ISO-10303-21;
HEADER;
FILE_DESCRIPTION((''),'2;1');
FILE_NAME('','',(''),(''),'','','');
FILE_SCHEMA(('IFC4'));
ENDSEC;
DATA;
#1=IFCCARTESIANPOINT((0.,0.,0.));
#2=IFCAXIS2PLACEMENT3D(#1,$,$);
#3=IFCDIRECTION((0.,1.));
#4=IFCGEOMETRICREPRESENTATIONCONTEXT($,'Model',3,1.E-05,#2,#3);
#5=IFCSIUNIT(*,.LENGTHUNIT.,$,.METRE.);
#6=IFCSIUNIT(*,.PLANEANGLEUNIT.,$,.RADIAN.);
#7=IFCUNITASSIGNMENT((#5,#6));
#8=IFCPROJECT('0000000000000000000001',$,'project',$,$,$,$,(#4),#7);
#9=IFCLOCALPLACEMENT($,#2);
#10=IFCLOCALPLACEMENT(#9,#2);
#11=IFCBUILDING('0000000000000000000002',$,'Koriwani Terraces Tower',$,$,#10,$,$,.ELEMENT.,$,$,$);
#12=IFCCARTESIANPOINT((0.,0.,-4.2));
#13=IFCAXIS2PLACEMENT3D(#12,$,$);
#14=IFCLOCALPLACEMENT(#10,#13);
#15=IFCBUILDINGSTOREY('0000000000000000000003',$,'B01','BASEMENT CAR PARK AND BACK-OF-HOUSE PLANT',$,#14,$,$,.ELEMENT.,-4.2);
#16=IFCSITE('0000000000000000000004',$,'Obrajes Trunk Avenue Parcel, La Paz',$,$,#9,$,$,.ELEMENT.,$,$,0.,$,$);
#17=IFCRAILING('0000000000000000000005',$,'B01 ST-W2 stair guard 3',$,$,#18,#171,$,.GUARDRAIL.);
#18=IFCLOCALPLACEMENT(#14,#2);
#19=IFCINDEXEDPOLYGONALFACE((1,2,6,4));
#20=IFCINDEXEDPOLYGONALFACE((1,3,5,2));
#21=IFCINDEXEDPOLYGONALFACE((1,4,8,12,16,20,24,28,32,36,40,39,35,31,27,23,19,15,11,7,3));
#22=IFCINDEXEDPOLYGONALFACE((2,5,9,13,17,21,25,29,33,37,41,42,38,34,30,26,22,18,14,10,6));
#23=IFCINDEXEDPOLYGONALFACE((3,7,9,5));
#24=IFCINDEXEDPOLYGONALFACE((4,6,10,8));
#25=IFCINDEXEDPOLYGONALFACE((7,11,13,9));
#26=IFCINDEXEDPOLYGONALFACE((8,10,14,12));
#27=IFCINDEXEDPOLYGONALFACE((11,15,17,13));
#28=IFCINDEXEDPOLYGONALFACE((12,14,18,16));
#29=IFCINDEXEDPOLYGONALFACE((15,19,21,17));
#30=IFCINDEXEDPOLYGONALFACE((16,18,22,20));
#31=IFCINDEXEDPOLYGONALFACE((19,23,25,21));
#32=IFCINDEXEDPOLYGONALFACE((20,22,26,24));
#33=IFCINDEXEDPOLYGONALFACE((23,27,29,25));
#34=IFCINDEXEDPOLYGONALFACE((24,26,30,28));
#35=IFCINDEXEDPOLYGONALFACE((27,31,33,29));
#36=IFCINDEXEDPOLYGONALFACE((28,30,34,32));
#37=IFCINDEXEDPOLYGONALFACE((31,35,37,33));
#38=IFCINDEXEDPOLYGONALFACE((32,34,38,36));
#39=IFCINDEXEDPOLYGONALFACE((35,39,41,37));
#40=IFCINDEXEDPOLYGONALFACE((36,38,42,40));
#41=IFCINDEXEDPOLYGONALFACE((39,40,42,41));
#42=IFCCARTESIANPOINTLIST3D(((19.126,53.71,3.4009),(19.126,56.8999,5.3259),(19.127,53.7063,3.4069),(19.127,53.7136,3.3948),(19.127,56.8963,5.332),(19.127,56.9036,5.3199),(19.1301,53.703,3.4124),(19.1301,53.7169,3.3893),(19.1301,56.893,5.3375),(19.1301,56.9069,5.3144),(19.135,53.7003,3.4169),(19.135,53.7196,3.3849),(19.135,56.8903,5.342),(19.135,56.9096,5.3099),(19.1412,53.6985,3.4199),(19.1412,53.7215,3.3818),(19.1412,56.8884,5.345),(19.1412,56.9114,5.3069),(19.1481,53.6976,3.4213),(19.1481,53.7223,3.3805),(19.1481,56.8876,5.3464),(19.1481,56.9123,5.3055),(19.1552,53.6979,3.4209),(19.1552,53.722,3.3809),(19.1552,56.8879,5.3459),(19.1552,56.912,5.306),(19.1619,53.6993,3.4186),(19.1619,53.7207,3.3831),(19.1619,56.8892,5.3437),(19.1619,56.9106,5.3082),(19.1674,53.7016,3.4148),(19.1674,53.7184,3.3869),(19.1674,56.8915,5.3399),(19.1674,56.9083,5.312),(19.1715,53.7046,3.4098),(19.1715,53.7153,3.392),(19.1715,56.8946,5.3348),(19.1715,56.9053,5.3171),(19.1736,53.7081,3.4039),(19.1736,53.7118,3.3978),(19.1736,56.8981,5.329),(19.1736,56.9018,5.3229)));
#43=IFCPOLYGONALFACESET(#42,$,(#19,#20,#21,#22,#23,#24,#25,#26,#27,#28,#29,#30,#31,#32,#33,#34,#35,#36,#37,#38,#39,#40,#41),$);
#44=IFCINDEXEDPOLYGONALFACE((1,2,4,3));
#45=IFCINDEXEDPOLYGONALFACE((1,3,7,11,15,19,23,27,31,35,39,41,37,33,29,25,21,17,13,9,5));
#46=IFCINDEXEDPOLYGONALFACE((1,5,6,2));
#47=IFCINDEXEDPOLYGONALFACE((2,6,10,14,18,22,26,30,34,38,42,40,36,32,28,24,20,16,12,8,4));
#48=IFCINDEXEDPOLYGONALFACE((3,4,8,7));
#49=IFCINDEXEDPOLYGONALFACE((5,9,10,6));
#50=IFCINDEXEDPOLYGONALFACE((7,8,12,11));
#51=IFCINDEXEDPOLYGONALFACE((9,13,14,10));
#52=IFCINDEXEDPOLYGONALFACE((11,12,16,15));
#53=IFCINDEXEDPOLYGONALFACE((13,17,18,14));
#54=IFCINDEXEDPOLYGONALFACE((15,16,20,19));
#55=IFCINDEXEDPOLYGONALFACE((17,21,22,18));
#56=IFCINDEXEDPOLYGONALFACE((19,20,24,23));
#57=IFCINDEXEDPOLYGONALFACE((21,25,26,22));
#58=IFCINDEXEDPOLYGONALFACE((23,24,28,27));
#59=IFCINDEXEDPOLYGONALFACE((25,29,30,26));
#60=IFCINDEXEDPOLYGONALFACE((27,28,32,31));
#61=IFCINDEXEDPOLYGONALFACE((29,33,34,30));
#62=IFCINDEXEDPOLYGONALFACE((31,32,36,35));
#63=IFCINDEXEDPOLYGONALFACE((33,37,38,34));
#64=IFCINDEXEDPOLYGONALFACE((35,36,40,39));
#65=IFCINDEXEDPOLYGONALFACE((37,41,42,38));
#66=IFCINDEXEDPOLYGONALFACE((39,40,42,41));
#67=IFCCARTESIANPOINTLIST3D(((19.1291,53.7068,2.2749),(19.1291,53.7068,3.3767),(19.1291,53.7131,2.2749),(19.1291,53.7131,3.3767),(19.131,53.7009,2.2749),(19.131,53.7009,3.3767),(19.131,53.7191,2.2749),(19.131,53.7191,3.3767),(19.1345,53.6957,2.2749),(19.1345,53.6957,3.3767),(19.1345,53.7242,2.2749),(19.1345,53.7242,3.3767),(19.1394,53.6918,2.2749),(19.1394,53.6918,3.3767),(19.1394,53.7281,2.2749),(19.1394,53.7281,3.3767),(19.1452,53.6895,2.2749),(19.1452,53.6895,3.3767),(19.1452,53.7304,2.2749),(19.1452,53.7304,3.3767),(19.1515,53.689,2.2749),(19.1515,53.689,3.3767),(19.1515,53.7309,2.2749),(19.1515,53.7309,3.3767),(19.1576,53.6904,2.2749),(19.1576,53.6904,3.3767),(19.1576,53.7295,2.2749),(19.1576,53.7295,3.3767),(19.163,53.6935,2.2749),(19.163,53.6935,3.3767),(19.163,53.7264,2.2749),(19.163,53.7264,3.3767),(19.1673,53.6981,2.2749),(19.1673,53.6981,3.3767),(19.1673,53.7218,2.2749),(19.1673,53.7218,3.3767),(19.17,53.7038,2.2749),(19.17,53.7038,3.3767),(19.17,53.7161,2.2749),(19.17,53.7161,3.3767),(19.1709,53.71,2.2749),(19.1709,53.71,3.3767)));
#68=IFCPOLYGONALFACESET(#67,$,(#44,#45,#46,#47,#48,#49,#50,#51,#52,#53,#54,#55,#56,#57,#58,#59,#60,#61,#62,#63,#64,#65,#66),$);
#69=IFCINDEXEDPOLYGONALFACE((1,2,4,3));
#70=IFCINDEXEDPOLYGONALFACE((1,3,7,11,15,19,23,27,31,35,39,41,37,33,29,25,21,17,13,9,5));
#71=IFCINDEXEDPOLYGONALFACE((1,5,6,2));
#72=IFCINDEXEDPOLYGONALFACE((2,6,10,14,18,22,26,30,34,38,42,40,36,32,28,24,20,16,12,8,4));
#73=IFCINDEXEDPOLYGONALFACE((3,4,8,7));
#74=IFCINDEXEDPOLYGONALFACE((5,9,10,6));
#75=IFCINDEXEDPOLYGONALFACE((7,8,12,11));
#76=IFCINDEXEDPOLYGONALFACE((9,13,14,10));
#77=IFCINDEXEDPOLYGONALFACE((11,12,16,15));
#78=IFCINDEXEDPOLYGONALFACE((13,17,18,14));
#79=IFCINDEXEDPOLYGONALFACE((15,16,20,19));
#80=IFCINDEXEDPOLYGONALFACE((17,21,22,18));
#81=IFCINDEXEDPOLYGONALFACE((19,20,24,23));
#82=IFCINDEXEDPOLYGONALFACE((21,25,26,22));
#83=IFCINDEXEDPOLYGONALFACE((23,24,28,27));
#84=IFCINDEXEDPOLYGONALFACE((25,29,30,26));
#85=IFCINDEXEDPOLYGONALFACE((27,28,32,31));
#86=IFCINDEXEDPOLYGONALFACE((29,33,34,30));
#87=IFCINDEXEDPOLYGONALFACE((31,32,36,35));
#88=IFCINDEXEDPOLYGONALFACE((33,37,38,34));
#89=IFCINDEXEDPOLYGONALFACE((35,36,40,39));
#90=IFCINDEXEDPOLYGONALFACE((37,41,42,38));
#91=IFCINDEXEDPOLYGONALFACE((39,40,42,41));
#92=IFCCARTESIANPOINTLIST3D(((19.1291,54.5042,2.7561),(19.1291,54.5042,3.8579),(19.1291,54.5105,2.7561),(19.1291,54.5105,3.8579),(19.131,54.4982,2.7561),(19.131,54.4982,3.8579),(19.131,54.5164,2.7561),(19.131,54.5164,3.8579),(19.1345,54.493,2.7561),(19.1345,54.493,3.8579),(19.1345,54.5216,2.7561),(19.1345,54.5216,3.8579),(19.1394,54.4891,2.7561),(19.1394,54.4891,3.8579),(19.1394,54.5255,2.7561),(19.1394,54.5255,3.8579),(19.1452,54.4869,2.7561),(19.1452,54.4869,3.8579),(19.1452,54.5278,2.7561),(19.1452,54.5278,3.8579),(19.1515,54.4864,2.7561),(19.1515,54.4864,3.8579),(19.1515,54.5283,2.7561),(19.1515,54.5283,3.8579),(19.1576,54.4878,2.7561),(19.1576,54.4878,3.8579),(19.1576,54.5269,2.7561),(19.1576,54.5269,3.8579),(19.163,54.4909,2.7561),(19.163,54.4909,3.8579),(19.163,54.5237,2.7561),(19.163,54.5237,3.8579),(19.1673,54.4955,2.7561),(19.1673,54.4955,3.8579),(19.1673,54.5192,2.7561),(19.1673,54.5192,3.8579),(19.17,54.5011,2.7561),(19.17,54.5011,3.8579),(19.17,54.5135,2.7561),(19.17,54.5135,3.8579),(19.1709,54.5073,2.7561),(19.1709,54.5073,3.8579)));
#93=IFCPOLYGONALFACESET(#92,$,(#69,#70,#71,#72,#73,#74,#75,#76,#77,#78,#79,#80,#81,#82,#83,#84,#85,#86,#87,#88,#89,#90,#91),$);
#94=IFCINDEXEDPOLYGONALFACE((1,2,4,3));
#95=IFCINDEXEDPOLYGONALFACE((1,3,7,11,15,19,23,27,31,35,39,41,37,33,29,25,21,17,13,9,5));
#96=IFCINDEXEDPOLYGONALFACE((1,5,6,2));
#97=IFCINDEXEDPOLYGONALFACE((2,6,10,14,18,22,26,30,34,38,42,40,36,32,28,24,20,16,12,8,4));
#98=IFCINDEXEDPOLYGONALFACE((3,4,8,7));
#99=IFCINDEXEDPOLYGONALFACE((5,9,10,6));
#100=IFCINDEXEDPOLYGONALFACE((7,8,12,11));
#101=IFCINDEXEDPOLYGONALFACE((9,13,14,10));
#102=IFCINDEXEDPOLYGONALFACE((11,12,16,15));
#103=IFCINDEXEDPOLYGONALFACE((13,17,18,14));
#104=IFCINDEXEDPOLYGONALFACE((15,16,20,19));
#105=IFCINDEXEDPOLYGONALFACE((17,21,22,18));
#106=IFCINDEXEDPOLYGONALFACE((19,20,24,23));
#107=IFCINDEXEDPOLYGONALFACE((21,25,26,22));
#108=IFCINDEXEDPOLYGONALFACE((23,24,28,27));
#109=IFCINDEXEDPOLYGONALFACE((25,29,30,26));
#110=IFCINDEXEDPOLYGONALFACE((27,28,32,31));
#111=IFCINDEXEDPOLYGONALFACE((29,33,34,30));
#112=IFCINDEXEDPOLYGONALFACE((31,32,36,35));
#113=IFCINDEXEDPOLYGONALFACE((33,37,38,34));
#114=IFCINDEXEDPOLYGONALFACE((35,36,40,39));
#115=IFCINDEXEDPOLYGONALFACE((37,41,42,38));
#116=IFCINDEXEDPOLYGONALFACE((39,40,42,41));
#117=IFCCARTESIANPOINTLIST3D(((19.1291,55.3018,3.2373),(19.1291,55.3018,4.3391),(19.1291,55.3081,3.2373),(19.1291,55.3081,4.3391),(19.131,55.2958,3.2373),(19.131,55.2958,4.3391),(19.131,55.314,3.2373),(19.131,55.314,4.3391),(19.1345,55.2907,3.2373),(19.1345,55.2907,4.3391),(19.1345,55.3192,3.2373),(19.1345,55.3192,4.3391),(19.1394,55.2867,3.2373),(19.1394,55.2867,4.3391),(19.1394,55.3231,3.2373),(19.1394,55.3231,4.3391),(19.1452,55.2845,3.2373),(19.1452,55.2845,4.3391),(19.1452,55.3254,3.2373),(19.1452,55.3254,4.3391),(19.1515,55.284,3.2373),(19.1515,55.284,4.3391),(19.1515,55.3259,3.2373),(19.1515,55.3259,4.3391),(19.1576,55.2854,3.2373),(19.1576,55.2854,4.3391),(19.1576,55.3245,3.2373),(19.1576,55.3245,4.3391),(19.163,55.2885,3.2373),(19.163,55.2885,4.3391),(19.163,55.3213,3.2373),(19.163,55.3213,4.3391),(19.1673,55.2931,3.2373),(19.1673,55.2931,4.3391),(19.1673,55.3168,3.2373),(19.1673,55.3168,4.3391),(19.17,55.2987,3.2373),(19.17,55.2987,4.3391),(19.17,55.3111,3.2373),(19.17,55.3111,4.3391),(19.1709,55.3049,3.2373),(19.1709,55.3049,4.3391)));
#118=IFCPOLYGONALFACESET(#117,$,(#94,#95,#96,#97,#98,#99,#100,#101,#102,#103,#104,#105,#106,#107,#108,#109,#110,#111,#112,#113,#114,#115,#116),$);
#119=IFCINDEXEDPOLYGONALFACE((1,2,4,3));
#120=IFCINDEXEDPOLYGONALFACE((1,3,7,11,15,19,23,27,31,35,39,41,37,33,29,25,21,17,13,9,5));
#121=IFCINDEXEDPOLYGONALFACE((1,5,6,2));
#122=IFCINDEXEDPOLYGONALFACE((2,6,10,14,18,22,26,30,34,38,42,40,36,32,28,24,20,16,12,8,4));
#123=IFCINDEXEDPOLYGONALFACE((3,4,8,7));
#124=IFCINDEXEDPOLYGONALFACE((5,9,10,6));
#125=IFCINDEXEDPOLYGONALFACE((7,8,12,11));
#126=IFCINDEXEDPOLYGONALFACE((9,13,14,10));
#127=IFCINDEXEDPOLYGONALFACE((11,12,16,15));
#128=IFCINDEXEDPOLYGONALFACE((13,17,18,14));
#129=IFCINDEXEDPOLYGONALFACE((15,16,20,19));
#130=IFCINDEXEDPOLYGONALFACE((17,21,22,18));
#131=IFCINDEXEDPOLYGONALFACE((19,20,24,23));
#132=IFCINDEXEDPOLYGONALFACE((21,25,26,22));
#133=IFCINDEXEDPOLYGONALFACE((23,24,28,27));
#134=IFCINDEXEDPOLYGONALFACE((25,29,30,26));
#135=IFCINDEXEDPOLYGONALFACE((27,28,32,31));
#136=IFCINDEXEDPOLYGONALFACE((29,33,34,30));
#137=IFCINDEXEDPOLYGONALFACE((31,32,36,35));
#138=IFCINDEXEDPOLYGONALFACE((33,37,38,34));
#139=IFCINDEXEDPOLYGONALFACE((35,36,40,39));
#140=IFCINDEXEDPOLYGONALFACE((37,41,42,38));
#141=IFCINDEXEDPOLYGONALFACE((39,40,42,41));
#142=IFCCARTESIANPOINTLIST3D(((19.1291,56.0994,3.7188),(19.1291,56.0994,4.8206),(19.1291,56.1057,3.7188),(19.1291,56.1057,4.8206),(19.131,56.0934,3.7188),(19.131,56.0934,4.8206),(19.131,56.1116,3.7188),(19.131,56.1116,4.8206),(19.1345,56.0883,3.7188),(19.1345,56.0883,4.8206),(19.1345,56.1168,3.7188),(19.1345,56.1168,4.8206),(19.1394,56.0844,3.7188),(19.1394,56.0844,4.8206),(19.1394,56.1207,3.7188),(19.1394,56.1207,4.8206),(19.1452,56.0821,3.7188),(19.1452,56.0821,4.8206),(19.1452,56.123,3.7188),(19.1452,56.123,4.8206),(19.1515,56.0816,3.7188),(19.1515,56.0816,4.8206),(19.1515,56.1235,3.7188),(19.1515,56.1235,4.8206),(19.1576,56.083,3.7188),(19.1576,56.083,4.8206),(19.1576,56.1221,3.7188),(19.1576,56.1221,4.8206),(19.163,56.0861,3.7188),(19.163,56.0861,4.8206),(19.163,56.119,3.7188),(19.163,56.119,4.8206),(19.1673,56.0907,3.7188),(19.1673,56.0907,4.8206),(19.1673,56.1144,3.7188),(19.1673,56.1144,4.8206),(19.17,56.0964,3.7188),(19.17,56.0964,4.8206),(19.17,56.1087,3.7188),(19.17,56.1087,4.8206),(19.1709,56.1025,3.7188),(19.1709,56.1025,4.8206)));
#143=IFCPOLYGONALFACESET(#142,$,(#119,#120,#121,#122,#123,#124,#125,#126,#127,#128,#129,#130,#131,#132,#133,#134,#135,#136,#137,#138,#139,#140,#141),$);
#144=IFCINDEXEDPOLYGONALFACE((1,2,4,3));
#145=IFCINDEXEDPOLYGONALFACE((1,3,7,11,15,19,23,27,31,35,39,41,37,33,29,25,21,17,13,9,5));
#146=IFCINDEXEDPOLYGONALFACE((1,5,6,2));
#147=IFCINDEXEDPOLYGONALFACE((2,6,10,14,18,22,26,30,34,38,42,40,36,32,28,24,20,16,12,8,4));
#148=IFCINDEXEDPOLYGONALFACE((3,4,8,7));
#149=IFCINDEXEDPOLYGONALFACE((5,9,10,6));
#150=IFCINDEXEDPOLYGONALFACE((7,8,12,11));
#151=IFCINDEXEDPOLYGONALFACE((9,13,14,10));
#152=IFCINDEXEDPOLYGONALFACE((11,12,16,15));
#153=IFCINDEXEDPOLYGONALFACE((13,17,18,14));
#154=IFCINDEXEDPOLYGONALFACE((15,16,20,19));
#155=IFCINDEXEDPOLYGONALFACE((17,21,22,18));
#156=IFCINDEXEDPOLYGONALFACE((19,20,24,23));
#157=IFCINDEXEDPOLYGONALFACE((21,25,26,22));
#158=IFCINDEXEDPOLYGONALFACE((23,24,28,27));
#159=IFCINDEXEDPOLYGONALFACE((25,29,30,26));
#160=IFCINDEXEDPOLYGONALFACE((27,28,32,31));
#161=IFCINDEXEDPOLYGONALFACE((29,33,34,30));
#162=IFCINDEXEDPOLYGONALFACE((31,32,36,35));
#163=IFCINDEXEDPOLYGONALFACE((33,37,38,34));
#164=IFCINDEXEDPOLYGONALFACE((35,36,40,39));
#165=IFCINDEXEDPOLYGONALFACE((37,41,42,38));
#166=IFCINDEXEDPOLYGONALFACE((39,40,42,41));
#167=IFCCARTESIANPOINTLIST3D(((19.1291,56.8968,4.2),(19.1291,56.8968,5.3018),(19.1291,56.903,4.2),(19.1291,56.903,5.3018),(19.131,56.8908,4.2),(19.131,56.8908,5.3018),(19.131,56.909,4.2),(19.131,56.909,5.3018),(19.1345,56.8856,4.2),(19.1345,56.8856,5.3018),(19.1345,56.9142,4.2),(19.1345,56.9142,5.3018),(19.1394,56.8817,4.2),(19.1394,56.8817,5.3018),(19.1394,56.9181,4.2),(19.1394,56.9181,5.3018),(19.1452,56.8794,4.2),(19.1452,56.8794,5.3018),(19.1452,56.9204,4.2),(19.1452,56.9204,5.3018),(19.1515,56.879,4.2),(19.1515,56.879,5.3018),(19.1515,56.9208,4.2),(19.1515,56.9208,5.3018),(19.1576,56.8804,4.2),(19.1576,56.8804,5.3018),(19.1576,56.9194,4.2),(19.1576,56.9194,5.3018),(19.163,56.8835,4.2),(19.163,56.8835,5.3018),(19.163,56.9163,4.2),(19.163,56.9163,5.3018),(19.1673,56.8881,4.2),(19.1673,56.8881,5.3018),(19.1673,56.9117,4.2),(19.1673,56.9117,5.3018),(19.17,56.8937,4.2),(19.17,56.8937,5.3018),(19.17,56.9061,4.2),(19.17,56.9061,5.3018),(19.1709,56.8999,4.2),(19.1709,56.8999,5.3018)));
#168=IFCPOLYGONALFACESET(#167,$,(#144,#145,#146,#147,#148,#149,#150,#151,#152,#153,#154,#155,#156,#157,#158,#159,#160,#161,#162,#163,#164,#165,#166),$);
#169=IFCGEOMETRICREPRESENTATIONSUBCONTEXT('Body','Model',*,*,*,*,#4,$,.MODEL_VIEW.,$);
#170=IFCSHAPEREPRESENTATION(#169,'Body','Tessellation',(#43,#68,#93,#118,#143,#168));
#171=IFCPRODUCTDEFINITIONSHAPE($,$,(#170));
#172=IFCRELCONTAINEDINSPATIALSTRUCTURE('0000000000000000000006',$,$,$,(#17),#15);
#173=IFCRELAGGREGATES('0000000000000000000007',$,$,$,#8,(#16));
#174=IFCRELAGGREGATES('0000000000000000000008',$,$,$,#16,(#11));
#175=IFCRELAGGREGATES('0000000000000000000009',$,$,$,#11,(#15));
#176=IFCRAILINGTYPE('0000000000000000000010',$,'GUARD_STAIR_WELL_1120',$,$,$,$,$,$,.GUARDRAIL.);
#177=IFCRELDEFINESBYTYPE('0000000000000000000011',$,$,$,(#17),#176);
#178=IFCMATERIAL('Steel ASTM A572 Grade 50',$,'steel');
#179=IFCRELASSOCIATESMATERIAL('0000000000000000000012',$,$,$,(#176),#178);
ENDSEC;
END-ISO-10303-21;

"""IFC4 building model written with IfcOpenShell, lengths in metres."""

from ifc_helpers import new_model, si_unit, direction, frame, origin, origin_2d, place, context, subcontext, project, spatial, circle, extrude, material, type_object, element, save


model = new_model("IFC4")

# Units and contexts
model_context = context("Model", 3, precision=1e-05, world=origin(), true_north=direction((0.0, 1.0)))
body_context = subcontext(model_context, "Body", "Model", "MODEL_VIEW")
ifc_project = project(units=[si_unit("LENGTHUNIT", "METRE"), si_unit("PLANEANGLEUNIT", "RADIAN")], contexts=[model_context])

# Site, building, storey
site_placement = place(None, origin())
site = spatial("IfcSite", under=ifc_project, at=site_placement, Name="Obrajes Trunk Avenue Parcel, La Paz", CompositionType="ELEMENT", RefElevation=0.0)
building_placement = place(site_placement, origin())
building = spatial("IfcBuilding", under=site, at=building_placement, Name="Koriwani Terraces Tower", CompositionType="ELEMENT")
storey_placement = place(building_placement, frame((0.0, 0.0, -4.2)))
storey = spatial("IfcBuildingStorey", under=building, at=storey_placement, Name="B01", Description="BASEMENT CAR PARK AND BACK-OF-HOUSE PLANT", CompositionType="ELEMENT", Elevation=-4.2)

# Shared definitions
ifc_material_1 = material(Name="Steel ASTM A572 Grade 50", Category="steel")

# Railing
railing_type_1 = type_object("IfcRailingType", Name="GUARD_STAIR_WELL_1120", PredefinedType="GUARDRAIL", material=ifc_material_1)
railing_1_placement = place(storey_placement, frame((19.1499, 53.71, 2.2749)))
element("IfcRailing", 1, at=railing_1_placement, inside=storey, type_object=railing_type_1, Name="B01 ST-W2 stair guard 3", PredefinedType="GUARDRAIL", context=body_context, shape_type="SweptSolid", body=[
    extrude(circle(Radius=0.0239, at=origin_2d()), frame((0.0, 0.0, 1.126), z_axis=(0.0, 0.856178, 0.516682), x_axis=(-1.0, 0.0, 0.0)), (0.0, 0.0, 1.0), 3.7258),
    extrude(circle(Radius=0.021, at=origin_2d()), origin(), (0.0, 0.0, 1.0), 1.1018),
    extrude(circle(Radius=0.021, at=origin_2d()), frame((0.0, 0.7974, 0.4812)), (0.0, 0.0, 1.0), 1.1018),
    extrude(circle(Radius=0.021, at=origin_2d()), frame((0.0, 1.595, 0.9624)), (0.0, 0.0, 1.0), 1.1018),
    extrude(circle(Radius=0.021, at=origin_2d()), frame((0.0, 2.3926, 1.4438)), (0.0, 0.0, 1.0), 1.1018),
    extrude(circle(Radius=0.021, at=origin_2d()), frame((0.0, 3.1899, 1.925)), (0.0, 0.0, 1.0), 1.1018),
])

save(model, "model.ifc")
